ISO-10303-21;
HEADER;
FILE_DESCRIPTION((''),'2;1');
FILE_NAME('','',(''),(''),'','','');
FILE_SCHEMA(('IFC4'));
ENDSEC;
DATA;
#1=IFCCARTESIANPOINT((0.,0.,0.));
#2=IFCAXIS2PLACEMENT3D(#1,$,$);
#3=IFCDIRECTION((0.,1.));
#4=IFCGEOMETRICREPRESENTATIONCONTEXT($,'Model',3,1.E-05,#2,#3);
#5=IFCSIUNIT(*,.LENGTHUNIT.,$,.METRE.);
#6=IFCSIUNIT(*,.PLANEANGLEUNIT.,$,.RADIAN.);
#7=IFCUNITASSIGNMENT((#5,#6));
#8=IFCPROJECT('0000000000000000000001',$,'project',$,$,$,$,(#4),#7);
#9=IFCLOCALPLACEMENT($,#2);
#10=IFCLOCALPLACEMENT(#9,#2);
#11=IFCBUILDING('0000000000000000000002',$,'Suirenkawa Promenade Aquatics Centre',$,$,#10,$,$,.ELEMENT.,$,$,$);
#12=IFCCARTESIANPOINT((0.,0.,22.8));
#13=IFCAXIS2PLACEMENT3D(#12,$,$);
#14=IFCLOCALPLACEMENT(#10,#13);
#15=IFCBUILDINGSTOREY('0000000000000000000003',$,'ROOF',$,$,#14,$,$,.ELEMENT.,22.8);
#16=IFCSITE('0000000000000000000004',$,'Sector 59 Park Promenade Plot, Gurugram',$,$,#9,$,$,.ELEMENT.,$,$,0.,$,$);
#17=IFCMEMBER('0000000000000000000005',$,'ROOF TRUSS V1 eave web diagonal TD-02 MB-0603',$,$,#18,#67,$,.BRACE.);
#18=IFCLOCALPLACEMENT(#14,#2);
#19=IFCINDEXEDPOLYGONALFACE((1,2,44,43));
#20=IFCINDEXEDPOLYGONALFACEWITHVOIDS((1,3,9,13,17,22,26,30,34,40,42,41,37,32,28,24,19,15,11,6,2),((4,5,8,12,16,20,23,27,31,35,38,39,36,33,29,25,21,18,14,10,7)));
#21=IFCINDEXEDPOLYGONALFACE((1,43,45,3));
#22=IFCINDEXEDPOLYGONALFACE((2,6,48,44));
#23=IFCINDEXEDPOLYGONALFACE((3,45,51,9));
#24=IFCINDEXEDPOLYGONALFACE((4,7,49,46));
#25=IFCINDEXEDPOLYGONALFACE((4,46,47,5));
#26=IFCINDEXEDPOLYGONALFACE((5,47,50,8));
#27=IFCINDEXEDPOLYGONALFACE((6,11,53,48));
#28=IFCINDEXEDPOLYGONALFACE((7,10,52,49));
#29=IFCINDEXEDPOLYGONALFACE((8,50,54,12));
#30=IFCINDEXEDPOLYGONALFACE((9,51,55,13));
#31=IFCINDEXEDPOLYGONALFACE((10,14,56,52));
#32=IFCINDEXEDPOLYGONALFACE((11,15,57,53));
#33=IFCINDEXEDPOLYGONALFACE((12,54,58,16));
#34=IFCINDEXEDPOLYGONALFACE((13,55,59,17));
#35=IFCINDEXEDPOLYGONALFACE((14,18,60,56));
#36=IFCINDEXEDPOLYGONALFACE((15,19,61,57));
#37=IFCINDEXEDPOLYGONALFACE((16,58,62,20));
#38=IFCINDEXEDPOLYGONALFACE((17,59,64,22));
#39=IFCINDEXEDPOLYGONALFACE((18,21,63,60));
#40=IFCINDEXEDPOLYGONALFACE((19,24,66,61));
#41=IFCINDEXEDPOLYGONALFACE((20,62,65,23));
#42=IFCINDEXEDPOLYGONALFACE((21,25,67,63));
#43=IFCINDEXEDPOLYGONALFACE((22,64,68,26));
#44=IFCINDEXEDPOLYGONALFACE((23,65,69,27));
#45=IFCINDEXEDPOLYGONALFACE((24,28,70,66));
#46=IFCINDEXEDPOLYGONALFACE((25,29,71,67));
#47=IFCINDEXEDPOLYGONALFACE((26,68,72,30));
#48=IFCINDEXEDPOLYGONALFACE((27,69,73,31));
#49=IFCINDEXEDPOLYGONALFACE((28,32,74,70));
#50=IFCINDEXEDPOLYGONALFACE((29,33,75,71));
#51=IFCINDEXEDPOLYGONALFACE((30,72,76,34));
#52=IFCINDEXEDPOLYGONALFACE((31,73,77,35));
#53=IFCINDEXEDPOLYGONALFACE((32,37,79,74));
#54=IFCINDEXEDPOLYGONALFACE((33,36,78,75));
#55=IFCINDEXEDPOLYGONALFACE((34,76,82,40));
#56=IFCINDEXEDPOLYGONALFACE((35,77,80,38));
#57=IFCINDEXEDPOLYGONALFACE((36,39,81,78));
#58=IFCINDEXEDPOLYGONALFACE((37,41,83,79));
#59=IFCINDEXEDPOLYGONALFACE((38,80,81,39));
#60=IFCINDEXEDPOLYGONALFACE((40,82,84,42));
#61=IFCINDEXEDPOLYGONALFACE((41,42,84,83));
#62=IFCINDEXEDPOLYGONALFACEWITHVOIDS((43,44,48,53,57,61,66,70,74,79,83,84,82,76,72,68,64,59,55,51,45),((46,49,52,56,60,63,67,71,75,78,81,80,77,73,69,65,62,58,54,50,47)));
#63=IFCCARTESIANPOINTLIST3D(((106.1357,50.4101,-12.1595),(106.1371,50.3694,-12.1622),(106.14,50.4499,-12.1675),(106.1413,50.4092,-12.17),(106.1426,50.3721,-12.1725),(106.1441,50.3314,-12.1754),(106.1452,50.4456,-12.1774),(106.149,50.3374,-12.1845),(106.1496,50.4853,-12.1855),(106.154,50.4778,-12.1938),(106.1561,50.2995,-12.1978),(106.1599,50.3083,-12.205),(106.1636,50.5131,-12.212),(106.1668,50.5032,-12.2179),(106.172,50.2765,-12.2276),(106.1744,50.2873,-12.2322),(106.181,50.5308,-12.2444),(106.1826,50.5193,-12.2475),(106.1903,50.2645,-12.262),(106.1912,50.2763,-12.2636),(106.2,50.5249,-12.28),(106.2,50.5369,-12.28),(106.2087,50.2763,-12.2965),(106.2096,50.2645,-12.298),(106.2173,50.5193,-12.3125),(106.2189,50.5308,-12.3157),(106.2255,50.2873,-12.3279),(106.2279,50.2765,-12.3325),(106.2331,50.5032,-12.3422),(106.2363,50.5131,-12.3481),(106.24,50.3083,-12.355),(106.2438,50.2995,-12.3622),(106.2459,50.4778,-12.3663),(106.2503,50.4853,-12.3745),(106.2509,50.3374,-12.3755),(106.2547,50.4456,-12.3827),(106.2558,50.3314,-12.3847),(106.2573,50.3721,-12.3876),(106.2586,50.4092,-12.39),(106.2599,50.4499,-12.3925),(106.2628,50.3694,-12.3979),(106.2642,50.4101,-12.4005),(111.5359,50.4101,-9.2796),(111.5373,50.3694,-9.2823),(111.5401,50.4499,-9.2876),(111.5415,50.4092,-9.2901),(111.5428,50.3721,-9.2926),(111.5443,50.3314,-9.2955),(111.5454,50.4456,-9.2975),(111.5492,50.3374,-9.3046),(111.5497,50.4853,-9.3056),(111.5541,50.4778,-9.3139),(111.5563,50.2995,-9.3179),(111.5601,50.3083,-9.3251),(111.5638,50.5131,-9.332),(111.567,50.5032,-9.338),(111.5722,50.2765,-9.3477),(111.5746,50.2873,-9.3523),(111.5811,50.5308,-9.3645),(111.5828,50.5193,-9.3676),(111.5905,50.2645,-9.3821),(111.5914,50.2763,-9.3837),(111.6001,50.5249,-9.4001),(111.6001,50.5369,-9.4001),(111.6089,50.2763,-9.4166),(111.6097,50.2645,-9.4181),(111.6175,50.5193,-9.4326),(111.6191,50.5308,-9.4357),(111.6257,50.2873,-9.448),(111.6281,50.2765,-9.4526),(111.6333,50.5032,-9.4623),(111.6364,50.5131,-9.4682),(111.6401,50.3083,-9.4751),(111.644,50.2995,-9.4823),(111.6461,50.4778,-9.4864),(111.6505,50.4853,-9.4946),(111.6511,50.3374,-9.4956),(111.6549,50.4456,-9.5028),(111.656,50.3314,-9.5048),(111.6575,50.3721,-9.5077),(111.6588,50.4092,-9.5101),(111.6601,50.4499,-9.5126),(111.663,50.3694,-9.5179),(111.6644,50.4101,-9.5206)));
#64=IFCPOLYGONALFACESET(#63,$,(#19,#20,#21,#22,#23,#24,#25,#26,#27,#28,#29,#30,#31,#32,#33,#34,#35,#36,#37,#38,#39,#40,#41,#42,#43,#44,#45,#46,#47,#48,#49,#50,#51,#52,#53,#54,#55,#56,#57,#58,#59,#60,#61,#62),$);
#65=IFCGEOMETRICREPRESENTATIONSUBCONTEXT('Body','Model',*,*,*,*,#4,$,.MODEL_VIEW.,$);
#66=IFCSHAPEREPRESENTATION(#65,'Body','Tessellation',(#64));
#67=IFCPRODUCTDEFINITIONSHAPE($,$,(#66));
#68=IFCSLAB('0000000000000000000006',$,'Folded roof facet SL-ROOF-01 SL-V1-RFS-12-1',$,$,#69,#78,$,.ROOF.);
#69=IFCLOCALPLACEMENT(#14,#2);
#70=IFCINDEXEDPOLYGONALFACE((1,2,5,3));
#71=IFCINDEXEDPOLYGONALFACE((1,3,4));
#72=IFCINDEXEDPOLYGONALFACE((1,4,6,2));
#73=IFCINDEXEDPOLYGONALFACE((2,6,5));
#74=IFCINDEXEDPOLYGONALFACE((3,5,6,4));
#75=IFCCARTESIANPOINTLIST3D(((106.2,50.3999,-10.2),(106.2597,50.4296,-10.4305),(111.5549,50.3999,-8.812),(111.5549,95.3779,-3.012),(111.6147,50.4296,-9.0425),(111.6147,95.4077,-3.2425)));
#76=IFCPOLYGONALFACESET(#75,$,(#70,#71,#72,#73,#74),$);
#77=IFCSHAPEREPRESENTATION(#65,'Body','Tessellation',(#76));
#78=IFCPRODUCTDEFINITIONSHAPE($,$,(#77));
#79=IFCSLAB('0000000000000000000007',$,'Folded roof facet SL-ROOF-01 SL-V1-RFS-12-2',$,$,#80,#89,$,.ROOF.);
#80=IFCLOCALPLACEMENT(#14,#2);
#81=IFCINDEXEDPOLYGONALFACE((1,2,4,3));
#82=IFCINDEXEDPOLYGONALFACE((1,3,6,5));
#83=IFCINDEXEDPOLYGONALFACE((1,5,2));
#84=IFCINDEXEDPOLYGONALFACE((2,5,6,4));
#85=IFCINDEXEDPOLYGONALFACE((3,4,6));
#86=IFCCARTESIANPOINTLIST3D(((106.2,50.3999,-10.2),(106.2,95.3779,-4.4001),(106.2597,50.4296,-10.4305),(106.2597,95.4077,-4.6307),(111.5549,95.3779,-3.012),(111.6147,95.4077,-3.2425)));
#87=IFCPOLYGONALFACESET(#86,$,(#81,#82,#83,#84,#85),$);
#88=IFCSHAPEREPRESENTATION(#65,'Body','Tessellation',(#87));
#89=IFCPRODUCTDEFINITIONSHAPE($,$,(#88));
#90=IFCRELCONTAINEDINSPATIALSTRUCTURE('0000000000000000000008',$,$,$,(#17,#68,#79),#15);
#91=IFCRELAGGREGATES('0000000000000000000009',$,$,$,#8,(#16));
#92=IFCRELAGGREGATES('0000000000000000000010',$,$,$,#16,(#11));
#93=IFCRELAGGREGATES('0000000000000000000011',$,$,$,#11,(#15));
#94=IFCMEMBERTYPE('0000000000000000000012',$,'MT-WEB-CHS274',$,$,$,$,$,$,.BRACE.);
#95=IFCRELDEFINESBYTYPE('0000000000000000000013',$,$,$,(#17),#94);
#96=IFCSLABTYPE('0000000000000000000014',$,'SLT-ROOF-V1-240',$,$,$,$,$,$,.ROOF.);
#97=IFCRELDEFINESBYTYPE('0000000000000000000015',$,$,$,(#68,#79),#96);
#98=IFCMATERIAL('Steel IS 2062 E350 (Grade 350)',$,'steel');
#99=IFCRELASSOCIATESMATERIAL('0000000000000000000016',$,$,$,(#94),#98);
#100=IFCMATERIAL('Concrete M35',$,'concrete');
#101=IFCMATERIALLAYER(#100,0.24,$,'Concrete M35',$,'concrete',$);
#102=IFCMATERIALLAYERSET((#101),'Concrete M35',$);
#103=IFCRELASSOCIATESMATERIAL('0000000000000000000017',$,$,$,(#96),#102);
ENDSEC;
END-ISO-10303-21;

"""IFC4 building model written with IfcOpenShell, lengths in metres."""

from ifc_helpers import new_model, si_unit, direction, frame, origin, origin_2d, place, context, subcontext, project, spatial, polyline, hollow_circle, outline, extrude, material, layer, layer_set, material_profile, profile_set, type_object, element, save


model = new_model("IFC4")

# Units and contexts
model_context = context("Model", 3, precision=1e-05, world=origin(), true_north=direction((0.0, 1.0)))
body_context = subcontext(model_context, "Body", "Model", "MODEL_VIEW")
ifc_project = project(units=[si_unit("LENGTHUNIT", "METRE"), si_unit("PLANEANGLEUNIT", "RADIAN")], contexts=[model_context])

# Site, building, storey
site_placement = place(None, origin())
site = spatial("IfcSite", under=ifc_project, at=site_placement, Name="Sector 59 Park Promenade Plot, Gurugram", CompositionType="ELEMENT", RefElevation=0.0)
building_placement = place(site_placement, origin())
building = spatial("IfcBuilding", under=site, at=building_placement, Name="Suirenkawa Promenade Aquatics Centre", CompositionType="ELEMENT")
storey_placement = place(building_placement, frame((0.0, 0.0, 22.8)))
storey = spatial("IfcBuildingStorey", under=building, at=storey_placement, Name="ROOF", CompositionType="ELEMENT", Elevation=22.8)

# Shared definitions
ifc_material_1 = material(Name="Steel IS 2062 E350 (Grade 350)", Category="steel")

# Member
ifc_material_profile_1 = material_profile(ifc_material_1, hollow_circle(Radius=0.137, WallThickness=0.012, at=origin_2d()), Name="CHS 274x12", Category="steel")
ifc_profile_set_1 = profile_set([ifc_material_profile_1], Name="Steel IS 2062 E350 (Grade 350)")
member_type_1 = type_object("IfcMemberType", Name="MT-WEB-CHS274", PredefinedType="BRACE", material=ifc_profile_set_1)
member_1_placement = place(storey_placement, frame((106.2, 50.3999, -12.28), z_axis=(0.882366, 0.0, 0.470563), x_axis=(0.0, 1.0, 0.0)))
element("IfcMember", 1, at=member_1_placement, inside=storey, type_object=member_type_1, Name="ROOF TRUSS V1 eave web diagonal TD-02 MB-0603", PredefinedType="BRACE", context=body_context, shape_type="SweptSolid", body=[
    extrude(hollow_circle(Radius=0.137, WallThickness=0.012, at=origin_2d()), origin(), (0.0, 0.0, 1.0), 6.1201),
])

# Slabs
ifc_material_2 = material(Name="Concrete M35", Category="concrete")
ifc_layer = layer(ifc_material_2, 0.24, Name="Concrete M35", Category="concrete")
ifc_layer_set = layer_set([ifc_layer], Name="Concrete M35")
slab_type = type_object("IfcSlabType", Name="SLT-ROOF-V1-240", PredefinedType="ROOF", material=ifc_layer_set)
slab_1_placement = place(storey_placement, frame((106.2, 50.3999, -10.2), z_axis=(-0.248964, -0.123867, 0.960559), x_axis=(0.968014, 0.0, 0.250896)))
element("IfcSlab", 2, at=slab_1_placement, inside=storey, type_object=slab_type, Name="Folded roof facet SL-ROOF-01 SL-V1-RFS-12-1", PredefinedType="ROOF", context=body_context, shape_type="SweptSolid", body=[
    extrude(outline(polyline([(0.0, 0.0), (5.5319, 0.0), (6.9871, 45.3271), (0.0, 0.0)])), origin(), (0.0, 0.0, -1.0), 0.24),
])
slab_2_placement = place(storey_placement, frame((106.2, 50.3999, -10.2), z_axis=(-0.249005, -0.12386, 0.960549), x_axis=(0.116762, 0.980715, 0.156729)))
element("IfcSlab", 3, at=slab_2_placement, inside=storey, type_object=slab_type, Name="Folded roof facet SL-ROOF-01 SL-V1-RFS-12-2", PredefinedType="ROOF", context=body_context, shape_type="SweptSolid", body=[
    extrude(outline(polyline([(0.0, 0.0), (45.8625, 0.0), (45.0196, 5.4674), (0.0, 0.0)])), origin(), (0.0, 0.0, -1.0), 0.24),
])

save(model, "model.ifc")
